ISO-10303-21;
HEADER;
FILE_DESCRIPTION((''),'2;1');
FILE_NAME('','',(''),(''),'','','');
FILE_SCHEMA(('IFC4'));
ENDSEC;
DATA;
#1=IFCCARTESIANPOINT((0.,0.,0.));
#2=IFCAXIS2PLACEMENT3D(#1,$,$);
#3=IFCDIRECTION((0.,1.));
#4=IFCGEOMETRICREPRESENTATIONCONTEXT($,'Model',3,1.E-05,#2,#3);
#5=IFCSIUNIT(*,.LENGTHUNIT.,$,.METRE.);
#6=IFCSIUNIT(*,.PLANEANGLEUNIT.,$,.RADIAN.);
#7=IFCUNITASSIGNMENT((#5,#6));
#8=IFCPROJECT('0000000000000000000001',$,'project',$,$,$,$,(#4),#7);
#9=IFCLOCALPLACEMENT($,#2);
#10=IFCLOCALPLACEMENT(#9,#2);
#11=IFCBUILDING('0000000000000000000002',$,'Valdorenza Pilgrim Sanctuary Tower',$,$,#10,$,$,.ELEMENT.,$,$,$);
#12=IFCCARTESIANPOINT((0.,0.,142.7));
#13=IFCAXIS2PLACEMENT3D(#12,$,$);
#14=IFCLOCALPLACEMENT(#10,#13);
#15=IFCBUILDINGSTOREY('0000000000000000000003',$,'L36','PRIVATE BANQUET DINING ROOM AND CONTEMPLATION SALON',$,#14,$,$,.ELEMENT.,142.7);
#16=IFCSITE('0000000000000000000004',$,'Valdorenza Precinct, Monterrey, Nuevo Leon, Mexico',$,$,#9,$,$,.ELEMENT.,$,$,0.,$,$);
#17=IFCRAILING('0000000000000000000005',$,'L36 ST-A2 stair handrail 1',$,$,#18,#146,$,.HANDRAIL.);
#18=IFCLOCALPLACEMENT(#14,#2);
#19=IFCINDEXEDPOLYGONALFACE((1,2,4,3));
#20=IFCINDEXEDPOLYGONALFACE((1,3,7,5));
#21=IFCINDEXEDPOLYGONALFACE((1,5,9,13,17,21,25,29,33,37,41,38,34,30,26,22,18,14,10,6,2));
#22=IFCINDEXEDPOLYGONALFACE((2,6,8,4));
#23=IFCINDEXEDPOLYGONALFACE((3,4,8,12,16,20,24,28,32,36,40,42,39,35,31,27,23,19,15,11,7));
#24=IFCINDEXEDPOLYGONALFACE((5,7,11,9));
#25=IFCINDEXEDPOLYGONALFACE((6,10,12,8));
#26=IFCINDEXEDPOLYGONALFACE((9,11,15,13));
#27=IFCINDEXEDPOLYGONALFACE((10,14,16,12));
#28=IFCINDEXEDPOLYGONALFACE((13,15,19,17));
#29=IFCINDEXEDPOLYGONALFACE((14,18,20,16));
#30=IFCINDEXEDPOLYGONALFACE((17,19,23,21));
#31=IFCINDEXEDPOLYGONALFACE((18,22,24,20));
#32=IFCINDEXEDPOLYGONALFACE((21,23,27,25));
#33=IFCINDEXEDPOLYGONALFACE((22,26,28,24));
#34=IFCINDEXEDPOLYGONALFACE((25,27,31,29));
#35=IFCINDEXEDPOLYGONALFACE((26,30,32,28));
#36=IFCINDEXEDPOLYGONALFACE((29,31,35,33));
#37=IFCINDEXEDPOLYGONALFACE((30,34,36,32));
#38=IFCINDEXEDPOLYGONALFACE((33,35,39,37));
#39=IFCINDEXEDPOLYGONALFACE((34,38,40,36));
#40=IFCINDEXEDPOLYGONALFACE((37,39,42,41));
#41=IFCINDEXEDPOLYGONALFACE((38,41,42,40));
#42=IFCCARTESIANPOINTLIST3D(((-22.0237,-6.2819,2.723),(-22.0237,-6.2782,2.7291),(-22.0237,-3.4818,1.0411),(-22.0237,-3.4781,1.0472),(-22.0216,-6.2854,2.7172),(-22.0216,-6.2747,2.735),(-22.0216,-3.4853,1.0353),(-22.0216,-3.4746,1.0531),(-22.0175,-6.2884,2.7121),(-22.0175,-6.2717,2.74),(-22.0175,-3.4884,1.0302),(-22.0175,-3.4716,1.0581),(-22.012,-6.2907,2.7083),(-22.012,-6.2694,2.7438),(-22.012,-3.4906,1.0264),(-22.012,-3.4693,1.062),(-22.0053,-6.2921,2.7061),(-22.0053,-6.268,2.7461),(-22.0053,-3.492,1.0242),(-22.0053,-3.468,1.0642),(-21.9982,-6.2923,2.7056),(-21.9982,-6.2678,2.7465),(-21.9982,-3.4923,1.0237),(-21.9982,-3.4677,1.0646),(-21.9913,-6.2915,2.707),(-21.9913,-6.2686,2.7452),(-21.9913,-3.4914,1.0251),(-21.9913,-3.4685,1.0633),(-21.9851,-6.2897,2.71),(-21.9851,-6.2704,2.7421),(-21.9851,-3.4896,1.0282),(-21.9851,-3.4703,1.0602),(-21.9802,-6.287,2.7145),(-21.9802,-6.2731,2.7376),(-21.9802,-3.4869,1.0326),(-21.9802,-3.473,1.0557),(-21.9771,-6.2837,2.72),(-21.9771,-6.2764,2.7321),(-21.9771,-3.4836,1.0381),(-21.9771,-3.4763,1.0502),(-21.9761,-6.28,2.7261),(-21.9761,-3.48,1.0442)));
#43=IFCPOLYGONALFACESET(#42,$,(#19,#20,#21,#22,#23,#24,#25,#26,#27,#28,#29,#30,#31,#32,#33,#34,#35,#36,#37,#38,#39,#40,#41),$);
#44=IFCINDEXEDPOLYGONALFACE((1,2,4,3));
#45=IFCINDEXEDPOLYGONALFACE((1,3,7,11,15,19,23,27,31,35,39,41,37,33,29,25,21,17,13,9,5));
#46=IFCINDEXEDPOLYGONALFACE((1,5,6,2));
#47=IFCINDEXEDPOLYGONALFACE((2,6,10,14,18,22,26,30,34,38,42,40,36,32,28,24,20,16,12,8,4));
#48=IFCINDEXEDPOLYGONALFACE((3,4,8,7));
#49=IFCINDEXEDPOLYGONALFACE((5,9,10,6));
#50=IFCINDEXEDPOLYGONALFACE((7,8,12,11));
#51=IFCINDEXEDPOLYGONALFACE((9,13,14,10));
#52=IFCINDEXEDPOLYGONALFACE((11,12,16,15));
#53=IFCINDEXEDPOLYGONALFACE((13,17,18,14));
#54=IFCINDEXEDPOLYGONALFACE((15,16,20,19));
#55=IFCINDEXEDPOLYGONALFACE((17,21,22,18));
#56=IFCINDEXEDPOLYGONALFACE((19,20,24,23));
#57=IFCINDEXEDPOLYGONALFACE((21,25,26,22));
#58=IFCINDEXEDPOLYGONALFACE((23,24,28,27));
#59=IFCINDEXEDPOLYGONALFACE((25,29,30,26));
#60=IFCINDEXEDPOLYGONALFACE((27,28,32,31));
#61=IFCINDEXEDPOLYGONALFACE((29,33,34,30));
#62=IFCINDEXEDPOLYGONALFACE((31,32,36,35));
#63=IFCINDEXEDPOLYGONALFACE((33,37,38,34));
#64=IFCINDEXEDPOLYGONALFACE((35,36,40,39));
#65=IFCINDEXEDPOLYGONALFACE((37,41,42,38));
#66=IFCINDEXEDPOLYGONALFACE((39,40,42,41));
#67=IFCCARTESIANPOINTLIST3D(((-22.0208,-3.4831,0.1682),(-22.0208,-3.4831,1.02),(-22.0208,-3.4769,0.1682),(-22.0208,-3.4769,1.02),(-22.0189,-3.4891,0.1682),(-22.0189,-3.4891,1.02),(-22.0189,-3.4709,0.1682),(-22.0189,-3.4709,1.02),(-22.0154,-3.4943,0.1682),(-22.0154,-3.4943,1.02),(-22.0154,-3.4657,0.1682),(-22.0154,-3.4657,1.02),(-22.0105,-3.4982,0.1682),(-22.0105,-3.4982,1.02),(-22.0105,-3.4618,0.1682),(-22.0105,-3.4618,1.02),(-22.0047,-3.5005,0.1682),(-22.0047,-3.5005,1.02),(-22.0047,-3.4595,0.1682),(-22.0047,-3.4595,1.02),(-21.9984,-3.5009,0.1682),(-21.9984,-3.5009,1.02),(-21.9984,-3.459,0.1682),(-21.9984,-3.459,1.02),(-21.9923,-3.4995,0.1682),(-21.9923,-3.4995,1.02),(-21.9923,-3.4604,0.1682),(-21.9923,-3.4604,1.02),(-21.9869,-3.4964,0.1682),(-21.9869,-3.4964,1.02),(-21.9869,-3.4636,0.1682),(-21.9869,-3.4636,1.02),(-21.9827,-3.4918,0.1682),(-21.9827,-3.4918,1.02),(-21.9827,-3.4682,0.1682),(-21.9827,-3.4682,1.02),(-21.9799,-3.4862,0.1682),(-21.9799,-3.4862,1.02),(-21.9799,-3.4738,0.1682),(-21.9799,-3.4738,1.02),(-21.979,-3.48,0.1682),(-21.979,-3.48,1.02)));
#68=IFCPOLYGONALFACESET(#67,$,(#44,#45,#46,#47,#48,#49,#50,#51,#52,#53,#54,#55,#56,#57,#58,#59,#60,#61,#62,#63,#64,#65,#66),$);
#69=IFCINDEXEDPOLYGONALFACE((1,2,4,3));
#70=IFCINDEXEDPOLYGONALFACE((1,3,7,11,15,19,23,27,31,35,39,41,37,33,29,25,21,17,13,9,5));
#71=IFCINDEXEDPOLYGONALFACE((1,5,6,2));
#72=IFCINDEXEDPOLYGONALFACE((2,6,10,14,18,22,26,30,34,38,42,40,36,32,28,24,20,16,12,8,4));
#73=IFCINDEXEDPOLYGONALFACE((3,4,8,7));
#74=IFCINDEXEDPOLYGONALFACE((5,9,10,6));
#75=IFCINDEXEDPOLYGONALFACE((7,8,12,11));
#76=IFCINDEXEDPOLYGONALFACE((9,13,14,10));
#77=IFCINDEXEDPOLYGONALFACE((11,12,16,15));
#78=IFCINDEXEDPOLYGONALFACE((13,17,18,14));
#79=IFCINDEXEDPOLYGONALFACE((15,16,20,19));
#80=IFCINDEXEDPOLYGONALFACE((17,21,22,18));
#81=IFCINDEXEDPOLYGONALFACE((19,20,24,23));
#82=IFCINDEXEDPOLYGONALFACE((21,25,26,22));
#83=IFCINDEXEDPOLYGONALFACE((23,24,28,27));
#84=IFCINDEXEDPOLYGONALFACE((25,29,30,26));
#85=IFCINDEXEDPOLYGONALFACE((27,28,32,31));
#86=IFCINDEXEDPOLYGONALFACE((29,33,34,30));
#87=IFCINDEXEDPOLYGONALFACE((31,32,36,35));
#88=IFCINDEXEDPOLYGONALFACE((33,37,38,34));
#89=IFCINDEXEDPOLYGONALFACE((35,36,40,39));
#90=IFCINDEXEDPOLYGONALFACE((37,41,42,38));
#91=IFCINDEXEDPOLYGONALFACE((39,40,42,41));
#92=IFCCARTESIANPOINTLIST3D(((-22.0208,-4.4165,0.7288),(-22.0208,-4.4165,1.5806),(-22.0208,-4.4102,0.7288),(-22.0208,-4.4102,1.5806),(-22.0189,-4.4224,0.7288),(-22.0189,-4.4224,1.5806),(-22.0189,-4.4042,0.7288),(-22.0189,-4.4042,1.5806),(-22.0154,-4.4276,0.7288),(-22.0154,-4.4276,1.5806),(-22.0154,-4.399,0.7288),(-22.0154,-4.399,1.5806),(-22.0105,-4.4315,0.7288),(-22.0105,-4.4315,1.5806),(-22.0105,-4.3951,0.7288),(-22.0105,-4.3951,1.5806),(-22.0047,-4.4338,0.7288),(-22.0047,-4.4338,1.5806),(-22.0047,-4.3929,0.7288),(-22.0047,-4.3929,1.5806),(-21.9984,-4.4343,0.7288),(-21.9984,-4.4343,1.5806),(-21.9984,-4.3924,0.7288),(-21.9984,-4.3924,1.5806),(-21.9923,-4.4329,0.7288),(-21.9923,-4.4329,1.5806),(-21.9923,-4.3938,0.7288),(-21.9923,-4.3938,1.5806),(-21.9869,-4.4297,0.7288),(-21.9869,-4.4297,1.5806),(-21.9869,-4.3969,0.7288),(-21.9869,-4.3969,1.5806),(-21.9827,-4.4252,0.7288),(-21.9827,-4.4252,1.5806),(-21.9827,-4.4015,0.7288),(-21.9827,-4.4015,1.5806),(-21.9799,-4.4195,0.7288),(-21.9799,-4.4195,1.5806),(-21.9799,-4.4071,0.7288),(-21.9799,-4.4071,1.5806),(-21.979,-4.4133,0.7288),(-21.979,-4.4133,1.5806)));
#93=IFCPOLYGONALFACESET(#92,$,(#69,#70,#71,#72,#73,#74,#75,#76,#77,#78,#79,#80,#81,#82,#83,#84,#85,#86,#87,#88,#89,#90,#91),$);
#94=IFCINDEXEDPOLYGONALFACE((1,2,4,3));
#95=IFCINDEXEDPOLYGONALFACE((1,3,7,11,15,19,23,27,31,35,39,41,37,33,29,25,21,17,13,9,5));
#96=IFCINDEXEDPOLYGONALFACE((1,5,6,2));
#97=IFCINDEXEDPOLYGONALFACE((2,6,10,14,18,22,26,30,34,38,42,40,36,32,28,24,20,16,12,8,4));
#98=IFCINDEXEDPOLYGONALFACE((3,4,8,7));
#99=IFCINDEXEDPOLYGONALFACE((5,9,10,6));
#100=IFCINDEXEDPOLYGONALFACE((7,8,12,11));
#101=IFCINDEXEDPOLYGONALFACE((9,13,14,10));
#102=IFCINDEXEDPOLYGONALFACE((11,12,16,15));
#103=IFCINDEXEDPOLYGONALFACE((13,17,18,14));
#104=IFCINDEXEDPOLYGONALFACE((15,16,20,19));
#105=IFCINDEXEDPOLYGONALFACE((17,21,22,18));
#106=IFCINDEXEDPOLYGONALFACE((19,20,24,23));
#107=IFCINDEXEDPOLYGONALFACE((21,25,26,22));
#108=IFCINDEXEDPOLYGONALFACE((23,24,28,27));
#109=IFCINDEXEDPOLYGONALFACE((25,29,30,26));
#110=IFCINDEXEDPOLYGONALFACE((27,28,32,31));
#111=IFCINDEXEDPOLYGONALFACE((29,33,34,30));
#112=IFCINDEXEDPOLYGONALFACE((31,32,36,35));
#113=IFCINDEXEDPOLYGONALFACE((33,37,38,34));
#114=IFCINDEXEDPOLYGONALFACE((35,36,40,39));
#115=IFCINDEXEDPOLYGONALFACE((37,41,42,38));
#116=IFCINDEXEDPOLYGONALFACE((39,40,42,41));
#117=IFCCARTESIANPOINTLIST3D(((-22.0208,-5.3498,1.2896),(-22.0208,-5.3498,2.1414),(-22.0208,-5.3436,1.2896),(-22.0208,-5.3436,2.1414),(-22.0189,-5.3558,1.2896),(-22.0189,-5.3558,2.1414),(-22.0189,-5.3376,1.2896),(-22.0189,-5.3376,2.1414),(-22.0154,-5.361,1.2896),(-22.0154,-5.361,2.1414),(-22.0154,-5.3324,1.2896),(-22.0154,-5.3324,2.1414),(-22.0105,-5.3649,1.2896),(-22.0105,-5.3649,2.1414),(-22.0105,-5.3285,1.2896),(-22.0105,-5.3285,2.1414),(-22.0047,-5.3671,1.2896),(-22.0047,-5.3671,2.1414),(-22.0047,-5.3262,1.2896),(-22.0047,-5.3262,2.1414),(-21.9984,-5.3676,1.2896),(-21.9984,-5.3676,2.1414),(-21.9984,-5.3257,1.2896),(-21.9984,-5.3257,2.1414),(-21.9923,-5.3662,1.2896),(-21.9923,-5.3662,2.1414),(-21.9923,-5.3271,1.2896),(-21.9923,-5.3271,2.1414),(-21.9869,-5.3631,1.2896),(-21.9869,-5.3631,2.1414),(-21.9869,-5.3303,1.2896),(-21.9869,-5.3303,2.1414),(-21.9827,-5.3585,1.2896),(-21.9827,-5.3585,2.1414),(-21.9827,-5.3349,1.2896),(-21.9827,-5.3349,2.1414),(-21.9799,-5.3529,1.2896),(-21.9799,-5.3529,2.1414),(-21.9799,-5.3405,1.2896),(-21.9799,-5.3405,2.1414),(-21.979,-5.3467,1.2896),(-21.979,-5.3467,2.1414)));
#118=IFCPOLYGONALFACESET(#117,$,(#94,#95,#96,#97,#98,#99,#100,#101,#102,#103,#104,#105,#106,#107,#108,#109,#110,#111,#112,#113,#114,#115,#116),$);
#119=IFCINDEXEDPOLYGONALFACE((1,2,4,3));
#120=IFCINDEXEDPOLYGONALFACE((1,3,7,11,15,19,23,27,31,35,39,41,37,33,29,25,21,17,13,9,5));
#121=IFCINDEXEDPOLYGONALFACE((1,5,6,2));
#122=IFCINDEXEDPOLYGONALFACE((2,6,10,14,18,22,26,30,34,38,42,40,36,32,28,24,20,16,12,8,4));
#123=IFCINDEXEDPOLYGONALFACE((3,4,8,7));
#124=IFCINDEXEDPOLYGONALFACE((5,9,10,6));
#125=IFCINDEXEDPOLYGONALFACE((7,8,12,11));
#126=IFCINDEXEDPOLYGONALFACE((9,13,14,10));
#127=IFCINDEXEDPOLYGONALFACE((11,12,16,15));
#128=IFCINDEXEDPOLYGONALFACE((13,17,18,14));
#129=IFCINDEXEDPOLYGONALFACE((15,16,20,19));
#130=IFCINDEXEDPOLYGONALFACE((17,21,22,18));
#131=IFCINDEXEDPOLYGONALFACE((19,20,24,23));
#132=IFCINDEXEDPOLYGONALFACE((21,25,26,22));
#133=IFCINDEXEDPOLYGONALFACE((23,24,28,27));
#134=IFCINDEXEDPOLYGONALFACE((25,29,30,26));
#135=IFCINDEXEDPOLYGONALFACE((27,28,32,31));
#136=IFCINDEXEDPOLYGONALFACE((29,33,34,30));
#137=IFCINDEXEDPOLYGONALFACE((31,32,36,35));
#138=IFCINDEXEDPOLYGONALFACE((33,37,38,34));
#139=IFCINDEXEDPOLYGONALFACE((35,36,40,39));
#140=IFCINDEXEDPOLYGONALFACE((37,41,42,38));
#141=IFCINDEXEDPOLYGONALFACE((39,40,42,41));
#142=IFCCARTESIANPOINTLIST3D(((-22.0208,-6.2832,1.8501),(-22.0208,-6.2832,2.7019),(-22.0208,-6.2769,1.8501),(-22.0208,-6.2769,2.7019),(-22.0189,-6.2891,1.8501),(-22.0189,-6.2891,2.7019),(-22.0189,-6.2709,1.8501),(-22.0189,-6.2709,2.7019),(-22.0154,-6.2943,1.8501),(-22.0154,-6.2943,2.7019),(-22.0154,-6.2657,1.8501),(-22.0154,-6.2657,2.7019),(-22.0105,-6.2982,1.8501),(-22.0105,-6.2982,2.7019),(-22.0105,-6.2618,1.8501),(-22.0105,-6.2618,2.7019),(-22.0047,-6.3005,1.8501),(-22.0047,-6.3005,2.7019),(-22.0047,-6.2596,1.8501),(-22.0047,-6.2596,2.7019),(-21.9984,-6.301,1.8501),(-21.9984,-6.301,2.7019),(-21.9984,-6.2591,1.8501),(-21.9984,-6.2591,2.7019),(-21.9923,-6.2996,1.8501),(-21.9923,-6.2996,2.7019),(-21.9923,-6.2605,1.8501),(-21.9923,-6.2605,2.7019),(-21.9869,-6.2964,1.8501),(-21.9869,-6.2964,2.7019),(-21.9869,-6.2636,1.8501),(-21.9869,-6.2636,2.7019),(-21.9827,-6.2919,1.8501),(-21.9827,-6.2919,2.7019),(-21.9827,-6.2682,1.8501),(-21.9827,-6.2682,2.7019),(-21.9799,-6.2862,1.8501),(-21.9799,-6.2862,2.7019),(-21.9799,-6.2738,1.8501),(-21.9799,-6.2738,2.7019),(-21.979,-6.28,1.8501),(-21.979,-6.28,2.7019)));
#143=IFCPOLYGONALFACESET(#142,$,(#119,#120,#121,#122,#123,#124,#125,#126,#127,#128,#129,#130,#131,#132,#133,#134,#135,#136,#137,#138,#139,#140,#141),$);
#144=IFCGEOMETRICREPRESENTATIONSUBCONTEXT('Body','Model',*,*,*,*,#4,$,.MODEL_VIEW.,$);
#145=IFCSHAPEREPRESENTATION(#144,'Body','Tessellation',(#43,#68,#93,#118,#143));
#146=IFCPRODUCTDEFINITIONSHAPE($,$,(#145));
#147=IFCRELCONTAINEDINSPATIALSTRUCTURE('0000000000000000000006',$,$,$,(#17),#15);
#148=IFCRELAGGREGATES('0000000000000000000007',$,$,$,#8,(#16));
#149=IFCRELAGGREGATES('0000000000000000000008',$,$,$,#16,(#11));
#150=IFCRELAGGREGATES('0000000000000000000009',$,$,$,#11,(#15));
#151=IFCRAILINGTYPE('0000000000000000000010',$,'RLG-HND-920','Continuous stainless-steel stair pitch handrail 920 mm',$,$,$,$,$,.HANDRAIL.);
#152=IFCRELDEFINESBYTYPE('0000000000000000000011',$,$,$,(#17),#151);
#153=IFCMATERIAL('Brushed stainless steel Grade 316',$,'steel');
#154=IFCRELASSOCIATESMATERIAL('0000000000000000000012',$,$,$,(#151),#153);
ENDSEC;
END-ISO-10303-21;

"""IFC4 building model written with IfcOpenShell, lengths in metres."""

from ifc_helpers import new_model, si_unit, direction, frame, origin, origin_2d, place, context, subcontext, project, spatial, circle, extrude, material, type_object, element, save


model = new_model("IFC4")

# Units and contexts
model_context = context("Model", 3, precision=1e-05, world=origin(), true_north=direction((0.0, 1.0)))
body_context = subcontext(model_context, "Body", "Model", "MODEL_VIEW")
ifc_project = project(units=[si_unit("LENGTHUNIT", "METRE"), si_unit("PLANEANGLEUNIT", "RADIAN")], contexts=[model_context])

# Site, building, storey
site_placement = place(None, origin())
site = spatial("IfcSite", under=ifc_project, at=site_placement, Name="Valdorenza Precinct, Monterrey, Nuevo Leon, Mexico", CompositionType="ELEMENT", RefElevation=0.0)
building_placement = place(site_placement, origin())
building = spatial("IfcBuilding", under=site, at=building_placement, Name="Valdorenza Pilgrim Sanctuary Tower", CompositionType="ELEMENT")
storey_placement = place(building_placement, frame((0.0, 0.0, 142.7)))
storey = spatial("IfcBuildingStorey", under=building, at=storey_placement, Name="L36", Description="PRIVATE BANQUET DINING ROOM AND CONTEMPLATION SALON", CompositionType="ELEMENT", Elevation=142.7)

# Shared definitions
ifc_material_1 = material(Name="Brushed stainless steel Grade 316", Category="steel")

# Railing
railing_type_1 = type_object("IfcRailingType", Name="RLG-HND-920", Description="Continuous stainless-steel stair pitch handrail 920 mm", PredefinedType="HANDRAIL", material=ifc_material_1)
railing_1_placement = place(storey_placement, frame((-22.0, -3.48, 0.1682)))
element("IfcRailing", 1, at=railing_1_placement, inside=storey, type_object=railing_type_1, Name="L36 ST-A2 stair handrail 1", PredefinedType="HANDRAIL", context=body_context, shape_type="SweptSolid", body=[
    extrude(circle(Radius=0.0239, at=origin_2d()), frame((0.0, 0.0, 0.876), z_axis=(0.0, -0.857242, 0.514913), x_axis=(1.0, 0.0, 0.0)), (0.0, 0.0, 1.0), 3.2664),
    extrude(circle(Radius=0.021, at=origin_2d()), origin(), (0.0, 0.0, 1.0), 0.8518),
    extrude(circle(Radius=0.021, at=origin_2d()), frame((0.0, -0.9333, 0.5605)), (0.0, 0.0, 1.0), 0.8518),
    extrude(circle(Radius=0.021, at=origin_2d()), frame((0.0, -1.8667, 1.1213)), (0.0, 0.0, 1.0), 0.8518),
    extrude(circle(Radius=0.021, at=origin_2d()), frame((0.0, -2.8, 1.6819)), (0.0, 0.0, 1.0), 0.8518),
])

save(model, "model.ifc")
